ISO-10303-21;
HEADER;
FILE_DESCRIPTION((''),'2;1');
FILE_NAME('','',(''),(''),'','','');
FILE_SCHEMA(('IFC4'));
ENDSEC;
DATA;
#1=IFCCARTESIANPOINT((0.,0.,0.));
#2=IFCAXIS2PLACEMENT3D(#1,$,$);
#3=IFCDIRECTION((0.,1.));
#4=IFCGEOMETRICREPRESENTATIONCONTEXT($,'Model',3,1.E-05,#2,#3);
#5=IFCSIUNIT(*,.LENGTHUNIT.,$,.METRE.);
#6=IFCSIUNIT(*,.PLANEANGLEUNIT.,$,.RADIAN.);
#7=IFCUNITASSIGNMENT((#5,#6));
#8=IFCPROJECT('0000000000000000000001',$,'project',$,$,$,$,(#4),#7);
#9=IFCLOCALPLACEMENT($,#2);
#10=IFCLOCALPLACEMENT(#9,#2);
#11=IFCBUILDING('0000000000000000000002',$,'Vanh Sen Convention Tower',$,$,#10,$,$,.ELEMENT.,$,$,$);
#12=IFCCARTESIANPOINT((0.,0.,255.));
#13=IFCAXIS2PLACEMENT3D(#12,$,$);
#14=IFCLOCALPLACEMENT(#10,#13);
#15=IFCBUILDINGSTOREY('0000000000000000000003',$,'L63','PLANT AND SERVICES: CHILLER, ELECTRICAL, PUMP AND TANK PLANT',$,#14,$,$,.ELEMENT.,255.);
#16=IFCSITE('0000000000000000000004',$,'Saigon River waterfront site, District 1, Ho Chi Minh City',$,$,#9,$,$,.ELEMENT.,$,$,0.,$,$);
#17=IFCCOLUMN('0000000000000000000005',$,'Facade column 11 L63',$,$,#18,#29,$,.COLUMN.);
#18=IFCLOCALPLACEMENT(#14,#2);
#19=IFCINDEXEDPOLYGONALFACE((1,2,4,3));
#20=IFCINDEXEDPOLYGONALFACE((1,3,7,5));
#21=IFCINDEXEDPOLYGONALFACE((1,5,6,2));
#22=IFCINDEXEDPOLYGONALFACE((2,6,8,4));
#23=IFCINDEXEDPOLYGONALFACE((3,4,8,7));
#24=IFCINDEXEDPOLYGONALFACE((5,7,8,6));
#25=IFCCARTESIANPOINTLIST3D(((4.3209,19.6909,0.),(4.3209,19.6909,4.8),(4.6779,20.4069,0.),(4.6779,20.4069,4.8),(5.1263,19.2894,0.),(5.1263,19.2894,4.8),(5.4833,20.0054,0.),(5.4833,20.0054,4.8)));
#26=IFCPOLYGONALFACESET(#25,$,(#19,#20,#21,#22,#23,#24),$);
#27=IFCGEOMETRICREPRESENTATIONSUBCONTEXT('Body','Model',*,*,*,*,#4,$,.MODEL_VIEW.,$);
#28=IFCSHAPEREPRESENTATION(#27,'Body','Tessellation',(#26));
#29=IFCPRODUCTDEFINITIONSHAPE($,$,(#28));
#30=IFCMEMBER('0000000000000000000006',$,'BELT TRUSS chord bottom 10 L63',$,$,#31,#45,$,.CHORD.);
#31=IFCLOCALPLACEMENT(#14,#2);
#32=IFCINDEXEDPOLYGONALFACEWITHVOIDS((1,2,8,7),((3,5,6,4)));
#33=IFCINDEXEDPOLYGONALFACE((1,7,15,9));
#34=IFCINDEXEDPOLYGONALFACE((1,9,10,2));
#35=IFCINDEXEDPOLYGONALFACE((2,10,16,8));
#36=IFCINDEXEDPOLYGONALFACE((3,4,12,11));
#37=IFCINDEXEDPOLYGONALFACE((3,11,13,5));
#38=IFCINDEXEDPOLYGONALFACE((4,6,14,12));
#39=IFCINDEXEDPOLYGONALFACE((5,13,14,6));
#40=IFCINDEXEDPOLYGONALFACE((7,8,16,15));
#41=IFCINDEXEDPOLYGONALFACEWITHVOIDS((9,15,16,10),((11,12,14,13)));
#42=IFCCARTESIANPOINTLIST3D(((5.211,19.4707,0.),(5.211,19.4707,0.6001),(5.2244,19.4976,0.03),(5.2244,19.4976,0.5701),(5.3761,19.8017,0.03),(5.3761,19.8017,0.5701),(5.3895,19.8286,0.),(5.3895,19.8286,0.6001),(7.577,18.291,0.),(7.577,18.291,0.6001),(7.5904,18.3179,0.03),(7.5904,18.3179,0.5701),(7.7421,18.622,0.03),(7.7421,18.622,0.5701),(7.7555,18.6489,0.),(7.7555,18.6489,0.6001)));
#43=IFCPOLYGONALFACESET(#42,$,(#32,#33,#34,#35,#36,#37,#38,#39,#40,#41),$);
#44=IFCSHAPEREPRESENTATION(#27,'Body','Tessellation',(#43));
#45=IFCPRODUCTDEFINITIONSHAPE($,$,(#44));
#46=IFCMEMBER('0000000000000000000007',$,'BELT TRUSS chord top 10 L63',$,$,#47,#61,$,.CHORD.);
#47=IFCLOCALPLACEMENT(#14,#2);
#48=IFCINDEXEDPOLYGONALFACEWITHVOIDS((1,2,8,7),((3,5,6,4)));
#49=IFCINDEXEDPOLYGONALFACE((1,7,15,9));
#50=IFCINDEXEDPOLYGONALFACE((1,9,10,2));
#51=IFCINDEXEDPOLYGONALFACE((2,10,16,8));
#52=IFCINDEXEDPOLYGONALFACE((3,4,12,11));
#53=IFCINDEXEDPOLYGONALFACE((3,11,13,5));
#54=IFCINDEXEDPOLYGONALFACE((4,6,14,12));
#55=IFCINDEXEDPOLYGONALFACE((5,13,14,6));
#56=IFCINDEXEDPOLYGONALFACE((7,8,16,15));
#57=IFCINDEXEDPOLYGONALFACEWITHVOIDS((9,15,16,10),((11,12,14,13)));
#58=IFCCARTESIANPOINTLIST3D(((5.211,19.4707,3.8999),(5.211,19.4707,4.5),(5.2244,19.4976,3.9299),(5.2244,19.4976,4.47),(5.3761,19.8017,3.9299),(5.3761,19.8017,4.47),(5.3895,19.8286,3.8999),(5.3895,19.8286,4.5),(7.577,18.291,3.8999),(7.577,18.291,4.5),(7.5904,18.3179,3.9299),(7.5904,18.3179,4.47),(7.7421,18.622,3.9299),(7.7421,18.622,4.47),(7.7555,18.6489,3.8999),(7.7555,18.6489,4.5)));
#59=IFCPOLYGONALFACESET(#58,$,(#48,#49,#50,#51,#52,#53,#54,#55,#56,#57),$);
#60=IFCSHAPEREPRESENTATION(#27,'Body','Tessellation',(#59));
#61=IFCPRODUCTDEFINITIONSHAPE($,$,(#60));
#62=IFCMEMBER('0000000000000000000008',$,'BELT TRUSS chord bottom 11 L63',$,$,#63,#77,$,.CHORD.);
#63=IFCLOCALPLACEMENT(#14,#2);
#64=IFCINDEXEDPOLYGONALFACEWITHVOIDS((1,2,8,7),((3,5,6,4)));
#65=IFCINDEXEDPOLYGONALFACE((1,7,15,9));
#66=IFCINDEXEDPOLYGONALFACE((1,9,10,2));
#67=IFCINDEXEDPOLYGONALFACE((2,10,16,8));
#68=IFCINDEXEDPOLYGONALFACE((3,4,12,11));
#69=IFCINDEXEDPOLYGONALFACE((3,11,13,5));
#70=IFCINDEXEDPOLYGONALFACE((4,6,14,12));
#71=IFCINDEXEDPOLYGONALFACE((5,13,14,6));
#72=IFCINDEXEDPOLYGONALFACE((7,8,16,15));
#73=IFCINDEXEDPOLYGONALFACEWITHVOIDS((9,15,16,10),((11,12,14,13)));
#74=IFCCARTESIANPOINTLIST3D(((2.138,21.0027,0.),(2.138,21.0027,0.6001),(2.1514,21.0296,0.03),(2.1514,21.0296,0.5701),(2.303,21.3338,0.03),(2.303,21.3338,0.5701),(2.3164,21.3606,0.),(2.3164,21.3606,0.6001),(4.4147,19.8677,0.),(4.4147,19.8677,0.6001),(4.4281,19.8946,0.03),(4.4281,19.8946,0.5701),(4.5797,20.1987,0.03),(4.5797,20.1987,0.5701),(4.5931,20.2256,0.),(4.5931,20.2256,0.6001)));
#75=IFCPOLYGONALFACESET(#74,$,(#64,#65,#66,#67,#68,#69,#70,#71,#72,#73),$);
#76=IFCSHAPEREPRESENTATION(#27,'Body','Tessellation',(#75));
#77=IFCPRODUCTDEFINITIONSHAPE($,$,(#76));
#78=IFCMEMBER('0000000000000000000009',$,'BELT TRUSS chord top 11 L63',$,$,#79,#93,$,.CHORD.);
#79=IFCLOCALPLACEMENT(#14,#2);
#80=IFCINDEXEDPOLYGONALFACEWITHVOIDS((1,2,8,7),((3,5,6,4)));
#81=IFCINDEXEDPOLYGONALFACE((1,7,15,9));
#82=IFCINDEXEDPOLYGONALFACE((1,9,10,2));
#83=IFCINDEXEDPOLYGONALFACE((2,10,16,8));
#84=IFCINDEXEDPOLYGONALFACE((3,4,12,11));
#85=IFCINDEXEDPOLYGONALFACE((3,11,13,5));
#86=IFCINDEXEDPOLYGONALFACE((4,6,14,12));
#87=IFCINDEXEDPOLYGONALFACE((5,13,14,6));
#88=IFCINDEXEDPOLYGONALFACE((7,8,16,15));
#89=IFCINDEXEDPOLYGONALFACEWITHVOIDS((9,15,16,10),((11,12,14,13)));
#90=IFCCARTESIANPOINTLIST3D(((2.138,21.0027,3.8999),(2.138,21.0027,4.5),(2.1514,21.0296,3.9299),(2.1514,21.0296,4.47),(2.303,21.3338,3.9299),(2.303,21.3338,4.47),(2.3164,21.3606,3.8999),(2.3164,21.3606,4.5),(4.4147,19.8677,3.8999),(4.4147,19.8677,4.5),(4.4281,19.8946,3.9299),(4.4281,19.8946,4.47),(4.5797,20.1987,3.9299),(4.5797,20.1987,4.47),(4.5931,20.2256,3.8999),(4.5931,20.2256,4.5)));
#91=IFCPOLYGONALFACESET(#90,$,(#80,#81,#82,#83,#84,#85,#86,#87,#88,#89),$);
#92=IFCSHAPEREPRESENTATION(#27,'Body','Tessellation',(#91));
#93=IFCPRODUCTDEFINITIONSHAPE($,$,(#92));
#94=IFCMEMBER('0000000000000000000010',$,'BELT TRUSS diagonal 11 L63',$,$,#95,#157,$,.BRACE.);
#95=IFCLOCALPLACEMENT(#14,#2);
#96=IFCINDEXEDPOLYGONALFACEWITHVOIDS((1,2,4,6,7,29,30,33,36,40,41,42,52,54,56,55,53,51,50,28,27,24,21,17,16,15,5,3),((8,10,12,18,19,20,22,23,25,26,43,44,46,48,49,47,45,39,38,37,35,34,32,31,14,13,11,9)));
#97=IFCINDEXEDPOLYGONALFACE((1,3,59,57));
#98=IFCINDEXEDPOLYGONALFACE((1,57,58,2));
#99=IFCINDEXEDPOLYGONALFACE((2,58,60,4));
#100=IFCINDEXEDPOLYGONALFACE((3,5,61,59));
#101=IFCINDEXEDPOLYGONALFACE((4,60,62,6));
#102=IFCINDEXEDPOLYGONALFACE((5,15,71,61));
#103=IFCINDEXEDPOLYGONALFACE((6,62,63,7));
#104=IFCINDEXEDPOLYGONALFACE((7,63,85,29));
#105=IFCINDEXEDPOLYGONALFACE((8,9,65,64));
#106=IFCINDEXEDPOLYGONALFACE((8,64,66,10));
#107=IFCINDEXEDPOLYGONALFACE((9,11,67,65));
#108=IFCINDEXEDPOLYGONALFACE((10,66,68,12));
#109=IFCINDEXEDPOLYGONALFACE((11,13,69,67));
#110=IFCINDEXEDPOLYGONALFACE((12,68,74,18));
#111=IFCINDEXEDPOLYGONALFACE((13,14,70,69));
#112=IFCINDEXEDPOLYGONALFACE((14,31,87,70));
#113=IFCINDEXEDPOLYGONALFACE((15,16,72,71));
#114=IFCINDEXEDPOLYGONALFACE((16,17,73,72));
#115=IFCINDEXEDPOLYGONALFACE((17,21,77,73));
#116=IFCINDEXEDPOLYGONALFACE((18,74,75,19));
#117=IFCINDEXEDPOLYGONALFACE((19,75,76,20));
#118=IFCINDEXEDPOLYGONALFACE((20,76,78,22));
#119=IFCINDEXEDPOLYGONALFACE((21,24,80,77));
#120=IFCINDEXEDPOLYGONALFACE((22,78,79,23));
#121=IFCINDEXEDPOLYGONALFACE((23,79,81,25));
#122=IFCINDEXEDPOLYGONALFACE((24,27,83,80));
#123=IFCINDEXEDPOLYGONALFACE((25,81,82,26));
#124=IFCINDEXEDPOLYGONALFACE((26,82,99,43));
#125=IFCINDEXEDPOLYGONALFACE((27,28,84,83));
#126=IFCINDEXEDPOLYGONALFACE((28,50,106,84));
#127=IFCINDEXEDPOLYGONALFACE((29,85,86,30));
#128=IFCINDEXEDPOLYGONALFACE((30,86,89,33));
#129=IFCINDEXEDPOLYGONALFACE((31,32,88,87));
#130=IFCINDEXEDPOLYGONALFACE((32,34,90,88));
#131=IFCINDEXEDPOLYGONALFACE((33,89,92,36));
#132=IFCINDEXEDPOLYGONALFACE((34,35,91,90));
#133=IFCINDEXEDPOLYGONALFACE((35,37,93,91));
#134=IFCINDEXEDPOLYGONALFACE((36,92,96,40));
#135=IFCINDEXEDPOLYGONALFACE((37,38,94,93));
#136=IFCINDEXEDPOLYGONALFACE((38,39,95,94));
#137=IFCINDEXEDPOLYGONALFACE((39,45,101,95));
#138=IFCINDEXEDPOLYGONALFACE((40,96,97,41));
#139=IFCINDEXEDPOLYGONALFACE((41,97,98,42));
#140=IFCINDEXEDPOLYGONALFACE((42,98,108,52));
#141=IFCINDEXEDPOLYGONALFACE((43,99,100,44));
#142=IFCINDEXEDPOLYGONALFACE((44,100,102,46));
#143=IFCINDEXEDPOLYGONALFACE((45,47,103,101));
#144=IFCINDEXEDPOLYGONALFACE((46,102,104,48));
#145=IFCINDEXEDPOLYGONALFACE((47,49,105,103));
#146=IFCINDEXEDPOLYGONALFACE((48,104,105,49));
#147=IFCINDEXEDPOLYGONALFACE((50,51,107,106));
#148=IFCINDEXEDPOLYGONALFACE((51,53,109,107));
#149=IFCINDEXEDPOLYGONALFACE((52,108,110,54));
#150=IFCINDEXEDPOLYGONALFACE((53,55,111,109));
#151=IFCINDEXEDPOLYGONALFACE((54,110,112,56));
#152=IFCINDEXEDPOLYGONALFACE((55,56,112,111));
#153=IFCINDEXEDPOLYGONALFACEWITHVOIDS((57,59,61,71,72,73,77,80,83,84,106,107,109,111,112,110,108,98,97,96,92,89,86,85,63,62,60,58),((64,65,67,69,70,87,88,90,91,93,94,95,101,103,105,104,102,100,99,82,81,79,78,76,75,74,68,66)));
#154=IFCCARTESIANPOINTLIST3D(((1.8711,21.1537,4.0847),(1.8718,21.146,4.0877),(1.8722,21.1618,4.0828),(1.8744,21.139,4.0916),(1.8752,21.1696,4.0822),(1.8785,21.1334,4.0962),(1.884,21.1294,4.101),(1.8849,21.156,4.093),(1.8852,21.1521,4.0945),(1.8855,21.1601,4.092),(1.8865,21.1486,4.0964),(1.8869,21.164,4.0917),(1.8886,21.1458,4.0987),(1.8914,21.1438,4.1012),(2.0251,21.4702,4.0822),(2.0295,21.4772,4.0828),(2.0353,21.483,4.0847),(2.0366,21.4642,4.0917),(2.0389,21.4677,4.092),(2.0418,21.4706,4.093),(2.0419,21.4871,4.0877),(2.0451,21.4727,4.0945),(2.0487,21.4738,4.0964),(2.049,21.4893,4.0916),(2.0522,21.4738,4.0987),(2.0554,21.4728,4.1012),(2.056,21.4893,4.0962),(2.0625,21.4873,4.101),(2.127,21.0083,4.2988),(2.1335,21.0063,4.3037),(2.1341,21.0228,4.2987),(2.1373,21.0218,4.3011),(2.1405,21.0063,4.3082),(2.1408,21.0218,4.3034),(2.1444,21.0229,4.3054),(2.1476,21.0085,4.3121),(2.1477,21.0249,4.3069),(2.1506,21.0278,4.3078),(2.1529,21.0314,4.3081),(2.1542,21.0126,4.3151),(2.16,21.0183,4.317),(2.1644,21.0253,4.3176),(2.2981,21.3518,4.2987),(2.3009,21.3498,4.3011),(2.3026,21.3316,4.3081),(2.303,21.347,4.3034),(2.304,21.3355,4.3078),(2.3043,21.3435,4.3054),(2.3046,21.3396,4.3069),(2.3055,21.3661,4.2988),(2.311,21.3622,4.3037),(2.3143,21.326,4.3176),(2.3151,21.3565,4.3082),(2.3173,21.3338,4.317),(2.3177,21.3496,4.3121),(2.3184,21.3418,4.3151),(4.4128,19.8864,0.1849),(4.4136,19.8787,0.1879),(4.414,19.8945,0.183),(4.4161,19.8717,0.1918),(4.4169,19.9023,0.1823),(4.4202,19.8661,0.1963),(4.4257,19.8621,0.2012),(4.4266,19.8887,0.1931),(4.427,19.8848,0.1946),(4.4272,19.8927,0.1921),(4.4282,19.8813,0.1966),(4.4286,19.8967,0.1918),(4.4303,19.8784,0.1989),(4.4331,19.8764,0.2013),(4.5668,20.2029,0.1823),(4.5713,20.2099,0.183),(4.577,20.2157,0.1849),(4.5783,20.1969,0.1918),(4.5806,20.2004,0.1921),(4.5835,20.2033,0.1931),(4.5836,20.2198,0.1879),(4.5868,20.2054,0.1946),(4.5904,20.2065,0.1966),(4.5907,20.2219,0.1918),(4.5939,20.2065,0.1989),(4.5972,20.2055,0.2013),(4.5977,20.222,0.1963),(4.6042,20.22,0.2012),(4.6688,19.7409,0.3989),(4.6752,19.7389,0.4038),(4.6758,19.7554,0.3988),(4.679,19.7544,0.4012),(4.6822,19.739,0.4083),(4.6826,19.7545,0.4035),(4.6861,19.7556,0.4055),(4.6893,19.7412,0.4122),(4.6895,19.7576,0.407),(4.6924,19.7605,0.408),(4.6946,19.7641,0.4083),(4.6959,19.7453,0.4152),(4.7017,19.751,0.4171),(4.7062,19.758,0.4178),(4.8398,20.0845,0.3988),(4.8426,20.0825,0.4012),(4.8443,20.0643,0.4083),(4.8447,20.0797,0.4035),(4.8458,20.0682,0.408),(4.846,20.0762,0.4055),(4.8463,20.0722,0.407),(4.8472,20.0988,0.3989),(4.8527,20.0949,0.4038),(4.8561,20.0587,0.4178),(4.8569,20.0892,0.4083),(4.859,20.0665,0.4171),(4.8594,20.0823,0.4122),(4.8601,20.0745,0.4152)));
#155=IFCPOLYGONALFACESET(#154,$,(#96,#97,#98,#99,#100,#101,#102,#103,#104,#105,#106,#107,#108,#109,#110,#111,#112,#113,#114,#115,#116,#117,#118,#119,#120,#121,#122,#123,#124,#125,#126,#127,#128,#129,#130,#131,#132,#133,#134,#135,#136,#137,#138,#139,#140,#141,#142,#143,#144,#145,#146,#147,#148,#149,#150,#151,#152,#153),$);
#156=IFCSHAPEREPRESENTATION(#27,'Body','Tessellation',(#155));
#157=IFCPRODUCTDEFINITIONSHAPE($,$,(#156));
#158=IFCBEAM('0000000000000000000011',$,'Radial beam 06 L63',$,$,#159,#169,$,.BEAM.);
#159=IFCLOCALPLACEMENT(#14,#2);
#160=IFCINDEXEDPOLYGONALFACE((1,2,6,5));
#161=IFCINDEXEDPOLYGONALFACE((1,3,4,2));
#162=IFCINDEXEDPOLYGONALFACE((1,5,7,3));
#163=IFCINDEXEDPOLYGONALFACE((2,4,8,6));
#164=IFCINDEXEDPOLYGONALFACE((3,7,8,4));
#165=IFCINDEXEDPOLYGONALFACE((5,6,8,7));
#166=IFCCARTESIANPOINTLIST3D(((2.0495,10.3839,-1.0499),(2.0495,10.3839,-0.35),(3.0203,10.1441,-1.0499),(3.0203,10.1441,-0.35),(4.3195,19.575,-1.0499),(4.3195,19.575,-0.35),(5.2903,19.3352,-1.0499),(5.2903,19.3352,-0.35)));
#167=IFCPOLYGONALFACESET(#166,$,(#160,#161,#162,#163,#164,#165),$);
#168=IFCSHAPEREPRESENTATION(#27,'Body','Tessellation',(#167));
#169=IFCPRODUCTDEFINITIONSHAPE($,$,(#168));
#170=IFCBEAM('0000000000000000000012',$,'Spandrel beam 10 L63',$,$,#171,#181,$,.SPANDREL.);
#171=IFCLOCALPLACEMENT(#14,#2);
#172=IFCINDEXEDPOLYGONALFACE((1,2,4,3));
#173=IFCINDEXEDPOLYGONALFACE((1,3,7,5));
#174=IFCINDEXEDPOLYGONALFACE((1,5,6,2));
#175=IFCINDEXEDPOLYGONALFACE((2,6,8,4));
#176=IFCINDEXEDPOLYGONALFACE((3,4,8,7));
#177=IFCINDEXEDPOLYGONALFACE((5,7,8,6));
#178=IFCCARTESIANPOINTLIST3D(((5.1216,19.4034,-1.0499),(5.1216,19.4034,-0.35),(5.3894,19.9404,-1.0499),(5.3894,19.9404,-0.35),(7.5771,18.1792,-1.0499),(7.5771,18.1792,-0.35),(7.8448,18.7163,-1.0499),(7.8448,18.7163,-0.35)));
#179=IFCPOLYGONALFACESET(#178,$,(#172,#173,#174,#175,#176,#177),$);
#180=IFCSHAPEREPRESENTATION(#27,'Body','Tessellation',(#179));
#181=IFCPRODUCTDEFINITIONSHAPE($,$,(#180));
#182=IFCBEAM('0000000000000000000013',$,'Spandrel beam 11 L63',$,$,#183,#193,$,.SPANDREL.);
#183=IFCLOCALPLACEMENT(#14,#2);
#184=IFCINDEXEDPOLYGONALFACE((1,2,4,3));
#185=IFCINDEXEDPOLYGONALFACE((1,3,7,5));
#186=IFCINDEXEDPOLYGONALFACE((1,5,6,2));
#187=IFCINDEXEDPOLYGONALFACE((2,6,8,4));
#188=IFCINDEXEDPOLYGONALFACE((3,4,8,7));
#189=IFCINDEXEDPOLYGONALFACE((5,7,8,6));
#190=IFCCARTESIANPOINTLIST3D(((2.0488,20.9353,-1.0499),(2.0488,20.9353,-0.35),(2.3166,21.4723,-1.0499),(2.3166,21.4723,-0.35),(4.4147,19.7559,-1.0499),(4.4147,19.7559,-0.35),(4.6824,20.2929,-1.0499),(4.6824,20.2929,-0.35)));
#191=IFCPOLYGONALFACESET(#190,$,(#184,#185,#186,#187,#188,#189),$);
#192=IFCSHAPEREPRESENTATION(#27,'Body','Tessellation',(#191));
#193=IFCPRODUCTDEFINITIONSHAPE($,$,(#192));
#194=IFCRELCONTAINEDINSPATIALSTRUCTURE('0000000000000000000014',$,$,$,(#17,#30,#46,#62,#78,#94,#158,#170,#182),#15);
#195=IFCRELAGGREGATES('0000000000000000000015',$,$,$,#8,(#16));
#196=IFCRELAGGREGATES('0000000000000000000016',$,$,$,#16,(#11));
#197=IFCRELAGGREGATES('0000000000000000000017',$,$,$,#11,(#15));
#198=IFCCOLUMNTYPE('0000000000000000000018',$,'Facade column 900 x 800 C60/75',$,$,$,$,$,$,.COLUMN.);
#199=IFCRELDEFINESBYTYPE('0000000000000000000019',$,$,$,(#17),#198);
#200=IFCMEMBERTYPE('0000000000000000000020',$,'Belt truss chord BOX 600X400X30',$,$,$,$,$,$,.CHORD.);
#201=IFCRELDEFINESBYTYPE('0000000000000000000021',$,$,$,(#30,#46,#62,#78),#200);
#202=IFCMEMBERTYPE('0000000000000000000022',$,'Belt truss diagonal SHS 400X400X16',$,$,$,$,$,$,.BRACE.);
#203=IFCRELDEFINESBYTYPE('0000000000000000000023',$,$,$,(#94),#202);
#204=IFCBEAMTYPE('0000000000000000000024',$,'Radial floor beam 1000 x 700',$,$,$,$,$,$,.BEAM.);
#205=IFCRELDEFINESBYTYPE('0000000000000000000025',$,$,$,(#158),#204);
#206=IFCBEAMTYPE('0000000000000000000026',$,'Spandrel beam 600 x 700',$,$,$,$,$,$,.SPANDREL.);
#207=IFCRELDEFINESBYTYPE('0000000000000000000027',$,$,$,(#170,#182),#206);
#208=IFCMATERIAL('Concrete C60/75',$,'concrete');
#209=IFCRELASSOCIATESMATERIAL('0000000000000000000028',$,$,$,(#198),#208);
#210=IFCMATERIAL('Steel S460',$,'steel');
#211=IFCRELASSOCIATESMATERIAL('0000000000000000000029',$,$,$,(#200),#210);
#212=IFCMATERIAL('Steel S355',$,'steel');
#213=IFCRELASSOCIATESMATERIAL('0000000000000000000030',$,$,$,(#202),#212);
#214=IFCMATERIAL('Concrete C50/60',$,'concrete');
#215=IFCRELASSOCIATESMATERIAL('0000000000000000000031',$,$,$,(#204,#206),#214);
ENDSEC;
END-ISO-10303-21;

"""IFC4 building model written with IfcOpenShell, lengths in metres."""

from ifc_helpers import new_model, si_unit, direction, frame, origin, origin_2d, place, context, subcontext, project, spatial, rectangle, hollow_rectangle, extrude, material, material_profile, profile_set, type_object, element, save


model = new_model("IFC4")

# Units and contexts
model_context = context("Model", 3, precision=1e-05, world=origin(), true_north=direction((0.0, 1.0)))
body_context = subcontext(model_context, "Body", "Model", "MODEL_VIEW")
ifc_project = project(units=[si_unit("LENGTHUNIT", "METRE"), si_unit("PLANEANGLEUNIT", "RADIAN")], contexts=[model_context])

# Site, building, storey
site_placement = place(None, origin())
site = spatial("IfcSite", under=ifc_project, at=site_placement, Name="Saigon River waterfront site, District 1, Ho Chi Minh City", CompositionType="ELEMENT", RefElevation=0.0)
building_placement = place(site_placement, origin())
building = spatial("IfcBuilding", under=site, at=building_placement, Name="Vanh Sen Convention Tower", CompositionType="ELEMENT")
storey_placement = place(building_placement, frame((0.0, 0.0, 255.0)))
storey = spatial("IfcBuildingStorey", under=building, at=storey_placement, Name="L63", Description="PLANT AND SERVICES: CHILLER, ELECTRICAL, PUMP AND TANK PLANT", CompositionType="ELEMENT", Elevation=255.0)

# Column
ifc_material_1 = material(Name="Concrete C60/75", Category="concrete")
ifc_material_profile_1 = material_profile(ifc_material_1, rectangle(XDim=0.8999, YDim=0.8, at=origin_2d()), Name="RC 900X800")
ifc_profile_set_1 = profile_set([ifc_material_profile_1], Name="Concrete C60/75")
column_type = type_object("IfcColumnType", Name="Facade column 900 x 800 C60/75", PredefinedType="COLUMN", material=ifc_profile_set_1)
column_placement = place(storey_placement, frame((4.9021, 19.8481, 0.0), z_axis=(0.0, 0.0, 1.0), x_axis=(-0.894934, 0.446198, 0.0)))
element("IfcColumn", 1, at=column_placement, inside=storey, type_object=column_type, Name="Facade column 11 L63", PredefinedType="COLUMN", context=body_context, shape_type="SweptSolid", body=[
    extrude(rectangle(XDim=0.8999, YDim=0.8, at=origin_2d()), origin(), (0.0, 0.0, 1.0), 4.8),
])

# Members
ifc_material_2 = material(Name="Steel S460", Category="steel")
ifc_material_profile_2 = material_profile(ifc_material_2, hollow_rectangle(XDim=0.3999, YDim=0.6001, WallThickness=0.03, at=origin_2d()), Name="BOX 600X400X30")
ifc_profile_set_2 = profile_set([ifc_material_profile_2], Name="Steel S460")
member_type_1 = type_object("IfcMemberType", Name="Belt truss chord BOX 600X400X30", PredefinedType="CHORD", material=ifc_profile_set_2)
for number, where, z_axis, x_axis, name in (
    (2, (7.6663, 18.47, 0.3), (-0.894925, 0.446216, 0.0), (-0.446216, -0.894925, 0.0), "BELT TRUSS chord bottom 10 L63"),
    (3, (7.6663, 18.47, 4.2), (-0.894925, 0.446216, 0.0), (-0.446216, -0.894925, 0.0), "BELT TRUSS chord top 10 L63"),
):
    element("IfcMember", number, at=place(storey_placement, frame(where, z_axis=z_axis, x_axis=x_axis)), inside=storey, type_object=member_type_1, Name=name, PredefinedType="CHORD", context=body_context, shape_type="SweptSolid", body=[
        extrude(hollow_rectangle(XDim=0.3999, YDim=0.6001, WallThickness=0.03, at=origin_2d()), origin(), (0.0, 0.0, 1.0), 2.6438),
    ])
for number, where, z_axis, x_axis, name in (
    (4, (4.5039, 20.0466, 0.3), (-0.894945, 0.446177, 0.0), (-0.446177, -0.894945, 0.0), "BELT TRUSS chord bottom 11 L63"),
    (5, (4.5039, 20.0466, 4.2), (-0.894945, 0.446177, 0.0), (-0.446177, -0.894945, 0.0), "BELT TRUSS chord top 11 L63"),
):
    element("IfcMember", number, at=place(storey_placement, frame(where, z_axis=z_axis, x_axis=x_axis)), inside=storey, type_object=member_type_1, Name=name, PredefinedType="CHORD", context=body_context, shape_type="SweptSolid", body=[
        extrude(hollow_rectangle(XDim=0.3999, YDim=0.6001, WallThickness=0.03, at=origin_2d()), origin(), (0.0, 0.0, 1.0), 2.5439),
    ])
ifc_material_3 = material(Name="Steel S355", Category="steel")
ifc_material_profile_3 = material_profile(ifc_material_3, hollow_rectangle(XDim=0.3999, YDim=0.3999, WallThickness=0.0161, InnerFilletRadius=0.0161, OuterFilletRadius=0.032, at=origin_2d()), Name="SHS 400X400X16")
ifc_profile_set_3 = profile_set([ifc_material_profile_3], Name="Steel S355")
member_type_2 = type_object("IfcMemberType", Name="Belt truss diagonal SHS 400X400X16", PredefinedType="BRACE", material=ifc_profile_set_3)
member_placement = place(storey_placement, frame((4.6365, 19.9805, 0.3), z_axis=(-0.526841, 0.262687, 0.808353), x_axis=(-0.446216, -0.894925, 0.0)))
element("IfcMember", 6, at=member_placement, inside=storey, type_object=member_type_2, Name="BELT TRUSS diagonal 11 L63", PredefinedType="BRACE", context=body_context, shape_type="SweptSolid", body=[
    extrude(hollow_rectangle(XDim=0.3999, YDim=0.3999, WallThickness=0.0161, InnerFilletRadius=0.0161, OuterFilletRadius=0.032, at=origin_2d()), origin(), (0.0, 0.0, 1.0), 4.8245),
])

# Beams
ifc_material_4 = material(Name="Concrete C50/60", Category="concrete")
ifc_material_profile_4 = material_profile(ifc_material_4, rectangle(XDim=1.0, YDim=0.7, at=origin_2d()), Name="RC 1000X700")
ifc_profile_set_4 = profile_set([ifc_material_profile_4], Name="Concrete C50/60")
beam_type_1 = type_object("IfcBeamType", Name="Radial floor beam 1000 x 700", PredefinedType="BEAM", material=ifc_profile_set_4)
beam_1_placement = place(storey_placement, frame((4.8049, 19.4551, -0.7), z_axis=(-0.239774, -0.970829, 0.0), x_axis=(0.970829, -0.239774, 0.0)))
element("IfcBeam", 7, at=beam_1_placement, inside=storey, type_object=beam_type_1, Name="Radial beam 06 L63", PredefinedType="BEAM", context=body_context, shape_type="SweptSolid", body=[
    extrude(rectangle(XDim=1.0, YDim=0.7, at=origin_2d()), origin(), (0.0, 0.0, 1.0), 9.4673),
])
ifc_material_profile_5 = material_profile(ifc_material_4, rectangle(XDim=0.6001, YDim=0.7, at=origin_2d()), Name="RC 600X700")
ifc_profile_set_5 = profile_set([ifc_material_profile_5], Name="Concrete C50/60")
beam_type_2 = type_object("IfcBeamType", Name="Spandrel beam 600 x 700", PredefinedType="SPANDREL", material=ifc_profile_set_5)
beam_2_placement = place(storey_placement, frame((7.7109, 18.4478, -0.7), z_axis=(-0.894943, 0.446181, 0.0), x_axis=(-0.446181, -0.894943, 0.0)))
element("IfcBeam", 8, at=beam_2_placement, inside=storey, type_object=beam_type_2, Name="Spandrel beam 10 L63", PredefinedType="SPANDREL", context=body_context, shape_type="SweptSolid", body=[
    extrude(rectangle(XDim=0.6001, YDim=0.7, at=origin_2d()), origin(), (0.0, 0.0, 1.0), 2.7437),
])
beam_3_placement = place(storey_placement, frame((4.5486, 20.0244, -0.7), z_axis=(-0.894962, 0.446142, 0.0), x_axis=(-0.446142, -0.894962, 0.0)))
element("IfcBeam", 9, at=beam_3_placement, inside=storey, type_object=beam_type_2, Name="Spandrel beam 11 L63", PredefinedType="SPANDREL", context=body_context, shape_type="SweptSolid", body=[
    extrude(rectangle(XDim=0.6001, YDim=0.7, at=origin_2d()), origin(), (0.0, 0.0, 1.0), 2.6436),
])

save(model, "model.ifc")
